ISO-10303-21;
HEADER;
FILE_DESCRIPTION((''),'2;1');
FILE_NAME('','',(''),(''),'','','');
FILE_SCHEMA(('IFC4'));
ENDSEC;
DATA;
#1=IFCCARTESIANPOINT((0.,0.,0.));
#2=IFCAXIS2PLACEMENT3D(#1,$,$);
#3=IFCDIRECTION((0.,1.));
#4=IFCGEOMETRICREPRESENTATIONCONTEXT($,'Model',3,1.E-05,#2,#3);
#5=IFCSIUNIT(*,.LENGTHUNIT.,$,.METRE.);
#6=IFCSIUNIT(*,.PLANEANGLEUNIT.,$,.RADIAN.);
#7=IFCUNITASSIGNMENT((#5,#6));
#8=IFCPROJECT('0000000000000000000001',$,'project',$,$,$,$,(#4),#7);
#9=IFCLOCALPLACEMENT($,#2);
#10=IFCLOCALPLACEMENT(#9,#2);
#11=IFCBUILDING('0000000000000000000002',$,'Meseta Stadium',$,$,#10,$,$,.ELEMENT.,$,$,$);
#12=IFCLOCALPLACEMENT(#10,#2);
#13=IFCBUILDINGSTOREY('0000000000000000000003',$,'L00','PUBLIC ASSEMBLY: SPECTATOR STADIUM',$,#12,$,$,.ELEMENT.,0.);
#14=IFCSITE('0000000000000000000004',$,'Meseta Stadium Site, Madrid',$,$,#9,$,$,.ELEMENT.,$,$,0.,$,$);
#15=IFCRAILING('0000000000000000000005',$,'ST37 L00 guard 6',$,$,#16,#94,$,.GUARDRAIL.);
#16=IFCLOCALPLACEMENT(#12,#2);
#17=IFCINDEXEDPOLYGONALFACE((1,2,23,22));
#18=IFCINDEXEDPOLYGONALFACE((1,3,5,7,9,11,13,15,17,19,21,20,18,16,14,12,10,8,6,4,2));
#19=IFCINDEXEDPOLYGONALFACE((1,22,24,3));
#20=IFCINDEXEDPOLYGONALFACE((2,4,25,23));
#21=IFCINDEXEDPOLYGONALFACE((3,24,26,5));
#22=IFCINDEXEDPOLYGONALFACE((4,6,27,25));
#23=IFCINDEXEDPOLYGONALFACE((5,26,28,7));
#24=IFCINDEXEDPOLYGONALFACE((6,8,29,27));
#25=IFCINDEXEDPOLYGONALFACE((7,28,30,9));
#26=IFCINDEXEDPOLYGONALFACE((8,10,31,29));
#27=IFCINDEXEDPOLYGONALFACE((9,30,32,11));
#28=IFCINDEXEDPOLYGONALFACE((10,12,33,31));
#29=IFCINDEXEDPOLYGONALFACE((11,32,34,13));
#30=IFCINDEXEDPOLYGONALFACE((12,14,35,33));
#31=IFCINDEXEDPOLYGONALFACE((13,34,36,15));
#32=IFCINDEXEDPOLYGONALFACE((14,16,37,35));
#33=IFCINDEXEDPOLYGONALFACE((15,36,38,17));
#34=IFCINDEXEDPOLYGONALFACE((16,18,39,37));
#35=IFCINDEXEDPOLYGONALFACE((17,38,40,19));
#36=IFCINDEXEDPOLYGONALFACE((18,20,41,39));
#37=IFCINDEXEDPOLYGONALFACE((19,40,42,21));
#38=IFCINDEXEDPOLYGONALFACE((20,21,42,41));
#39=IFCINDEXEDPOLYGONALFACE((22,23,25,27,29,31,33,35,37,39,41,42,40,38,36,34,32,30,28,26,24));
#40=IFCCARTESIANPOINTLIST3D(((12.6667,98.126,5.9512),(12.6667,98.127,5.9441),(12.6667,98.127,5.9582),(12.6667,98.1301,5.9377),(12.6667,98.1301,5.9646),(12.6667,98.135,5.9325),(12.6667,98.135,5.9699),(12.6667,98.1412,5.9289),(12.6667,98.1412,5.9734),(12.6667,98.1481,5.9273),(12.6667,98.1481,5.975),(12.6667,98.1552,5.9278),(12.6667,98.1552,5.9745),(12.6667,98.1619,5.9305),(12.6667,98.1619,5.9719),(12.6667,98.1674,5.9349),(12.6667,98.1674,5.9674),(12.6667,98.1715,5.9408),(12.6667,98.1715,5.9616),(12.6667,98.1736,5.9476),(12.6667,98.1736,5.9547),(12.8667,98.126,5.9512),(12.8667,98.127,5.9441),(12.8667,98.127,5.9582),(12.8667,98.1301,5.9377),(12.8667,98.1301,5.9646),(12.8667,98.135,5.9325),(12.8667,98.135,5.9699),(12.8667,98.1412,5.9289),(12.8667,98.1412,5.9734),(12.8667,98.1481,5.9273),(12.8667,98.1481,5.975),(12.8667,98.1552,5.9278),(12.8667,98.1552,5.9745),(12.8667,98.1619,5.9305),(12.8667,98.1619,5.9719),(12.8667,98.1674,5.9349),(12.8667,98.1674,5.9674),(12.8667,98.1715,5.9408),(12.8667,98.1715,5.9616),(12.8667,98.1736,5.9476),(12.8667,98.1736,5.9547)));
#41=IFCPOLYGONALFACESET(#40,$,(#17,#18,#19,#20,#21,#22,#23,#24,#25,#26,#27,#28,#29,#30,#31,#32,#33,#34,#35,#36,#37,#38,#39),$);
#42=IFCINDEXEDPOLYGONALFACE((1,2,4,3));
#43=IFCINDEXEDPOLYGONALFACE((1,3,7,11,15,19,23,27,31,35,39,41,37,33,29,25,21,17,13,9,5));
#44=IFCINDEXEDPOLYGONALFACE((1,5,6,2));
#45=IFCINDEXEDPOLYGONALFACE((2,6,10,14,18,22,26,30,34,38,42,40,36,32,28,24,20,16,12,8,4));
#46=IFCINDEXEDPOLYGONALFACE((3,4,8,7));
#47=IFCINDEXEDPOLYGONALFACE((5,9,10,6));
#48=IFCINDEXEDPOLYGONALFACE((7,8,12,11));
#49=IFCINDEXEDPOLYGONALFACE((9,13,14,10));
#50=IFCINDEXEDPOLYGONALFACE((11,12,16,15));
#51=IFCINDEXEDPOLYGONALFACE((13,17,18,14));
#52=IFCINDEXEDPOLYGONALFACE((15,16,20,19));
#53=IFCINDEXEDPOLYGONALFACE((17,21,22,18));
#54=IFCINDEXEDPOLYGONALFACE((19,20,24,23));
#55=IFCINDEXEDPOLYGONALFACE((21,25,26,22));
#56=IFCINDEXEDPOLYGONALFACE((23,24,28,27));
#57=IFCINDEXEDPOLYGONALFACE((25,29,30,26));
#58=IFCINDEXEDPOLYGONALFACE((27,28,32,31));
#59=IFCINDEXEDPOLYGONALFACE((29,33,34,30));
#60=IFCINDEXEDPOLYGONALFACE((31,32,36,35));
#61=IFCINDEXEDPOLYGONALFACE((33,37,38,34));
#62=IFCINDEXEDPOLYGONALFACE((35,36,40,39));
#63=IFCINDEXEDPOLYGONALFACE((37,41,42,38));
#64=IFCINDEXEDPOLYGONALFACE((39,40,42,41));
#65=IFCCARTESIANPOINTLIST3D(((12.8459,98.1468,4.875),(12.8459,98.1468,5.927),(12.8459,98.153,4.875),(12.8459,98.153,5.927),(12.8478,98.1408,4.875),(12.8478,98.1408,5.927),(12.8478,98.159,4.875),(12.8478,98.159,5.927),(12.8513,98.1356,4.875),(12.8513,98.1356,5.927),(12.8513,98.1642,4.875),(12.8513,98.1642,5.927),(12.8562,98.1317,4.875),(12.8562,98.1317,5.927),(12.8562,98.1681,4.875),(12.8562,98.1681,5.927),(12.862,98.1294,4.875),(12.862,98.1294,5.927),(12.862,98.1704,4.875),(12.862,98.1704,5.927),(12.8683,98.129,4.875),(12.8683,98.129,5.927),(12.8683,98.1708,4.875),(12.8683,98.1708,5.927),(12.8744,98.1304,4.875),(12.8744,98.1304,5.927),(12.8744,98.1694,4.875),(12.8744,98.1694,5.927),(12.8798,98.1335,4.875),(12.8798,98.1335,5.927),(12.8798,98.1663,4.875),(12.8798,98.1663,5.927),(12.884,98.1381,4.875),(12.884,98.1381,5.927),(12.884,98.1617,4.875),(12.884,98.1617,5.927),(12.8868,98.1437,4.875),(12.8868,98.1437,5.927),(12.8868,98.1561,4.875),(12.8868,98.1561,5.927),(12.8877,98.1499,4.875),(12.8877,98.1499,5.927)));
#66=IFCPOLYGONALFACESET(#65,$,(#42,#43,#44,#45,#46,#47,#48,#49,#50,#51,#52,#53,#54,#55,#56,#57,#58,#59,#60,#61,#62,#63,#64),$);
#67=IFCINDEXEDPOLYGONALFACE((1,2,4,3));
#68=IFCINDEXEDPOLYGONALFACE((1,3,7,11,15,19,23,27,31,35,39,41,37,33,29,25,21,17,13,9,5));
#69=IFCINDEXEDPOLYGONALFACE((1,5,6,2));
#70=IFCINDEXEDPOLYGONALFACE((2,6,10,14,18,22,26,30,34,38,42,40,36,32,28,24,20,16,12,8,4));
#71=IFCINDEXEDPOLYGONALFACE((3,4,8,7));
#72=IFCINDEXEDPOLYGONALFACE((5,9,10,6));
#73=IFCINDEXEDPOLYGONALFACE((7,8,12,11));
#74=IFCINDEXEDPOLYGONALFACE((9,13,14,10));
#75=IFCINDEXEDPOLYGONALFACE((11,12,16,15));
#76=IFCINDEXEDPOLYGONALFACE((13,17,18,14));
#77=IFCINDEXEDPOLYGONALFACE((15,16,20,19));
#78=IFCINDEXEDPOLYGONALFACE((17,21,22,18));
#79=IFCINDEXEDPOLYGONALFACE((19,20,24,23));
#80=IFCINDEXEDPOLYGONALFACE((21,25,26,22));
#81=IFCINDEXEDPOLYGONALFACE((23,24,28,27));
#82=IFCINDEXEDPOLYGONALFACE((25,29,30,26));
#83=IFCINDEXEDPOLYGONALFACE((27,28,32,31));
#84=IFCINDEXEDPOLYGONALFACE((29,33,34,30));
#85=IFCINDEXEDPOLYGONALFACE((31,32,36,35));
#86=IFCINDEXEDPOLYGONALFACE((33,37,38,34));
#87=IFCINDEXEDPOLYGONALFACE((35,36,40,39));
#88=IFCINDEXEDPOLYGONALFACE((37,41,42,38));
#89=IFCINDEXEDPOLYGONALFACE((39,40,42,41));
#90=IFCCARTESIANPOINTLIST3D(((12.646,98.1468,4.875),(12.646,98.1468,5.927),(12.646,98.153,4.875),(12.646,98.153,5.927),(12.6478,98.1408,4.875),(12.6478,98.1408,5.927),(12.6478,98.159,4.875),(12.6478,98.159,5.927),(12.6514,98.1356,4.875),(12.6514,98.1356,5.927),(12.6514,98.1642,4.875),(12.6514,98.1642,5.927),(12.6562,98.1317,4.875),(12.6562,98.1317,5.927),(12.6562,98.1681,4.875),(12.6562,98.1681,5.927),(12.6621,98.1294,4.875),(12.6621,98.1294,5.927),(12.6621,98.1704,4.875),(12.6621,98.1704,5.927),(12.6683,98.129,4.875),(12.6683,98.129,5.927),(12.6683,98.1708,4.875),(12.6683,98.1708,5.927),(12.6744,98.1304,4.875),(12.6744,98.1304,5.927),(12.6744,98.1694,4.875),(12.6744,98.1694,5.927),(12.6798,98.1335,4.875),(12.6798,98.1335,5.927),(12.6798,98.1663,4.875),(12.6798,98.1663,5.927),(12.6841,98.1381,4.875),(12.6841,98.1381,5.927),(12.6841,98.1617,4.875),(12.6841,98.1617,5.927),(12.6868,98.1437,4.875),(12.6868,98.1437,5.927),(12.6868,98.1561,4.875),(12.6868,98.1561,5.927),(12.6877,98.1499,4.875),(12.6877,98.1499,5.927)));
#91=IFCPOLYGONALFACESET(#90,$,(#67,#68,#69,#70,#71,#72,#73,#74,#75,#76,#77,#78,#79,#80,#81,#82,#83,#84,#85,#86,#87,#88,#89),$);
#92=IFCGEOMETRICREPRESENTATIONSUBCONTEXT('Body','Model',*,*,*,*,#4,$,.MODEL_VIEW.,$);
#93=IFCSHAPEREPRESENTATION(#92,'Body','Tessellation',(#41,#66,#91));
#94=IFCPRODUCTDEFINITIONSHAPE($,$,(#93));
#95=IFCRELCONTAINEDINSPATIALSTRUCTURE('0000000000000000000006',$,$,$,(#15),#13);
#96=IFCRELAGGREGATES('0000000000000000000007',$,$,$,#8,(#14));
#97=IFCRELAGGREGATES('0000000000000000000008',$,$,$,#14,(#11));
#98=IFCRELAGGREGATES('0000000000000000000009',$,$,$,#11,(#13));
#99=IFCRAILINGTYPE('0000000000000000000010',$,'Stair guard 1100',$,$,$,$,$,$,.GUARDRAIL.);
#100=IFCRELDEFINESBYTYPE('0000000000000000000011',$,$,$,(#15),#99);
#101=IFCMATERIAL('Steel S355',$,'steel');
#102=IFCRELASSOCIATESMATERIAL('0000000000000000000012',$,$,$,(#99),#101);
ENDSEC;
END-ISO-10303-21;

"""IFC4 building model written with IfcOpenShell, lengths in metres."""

from ifc_helpers import new_model, si_unit, direction, frame, origin, origin_2d, place, context, subcontext, project, spatial, circle, extrude, material, type_object, element, save


model = new_model("IFC4")

# Units and contexts
model_context = context("Model", 3, precision=1e-05, world=origin(), true_north=direction((0.0, 1.0)))
body_context = subcontext(model_context, "Body", "Model", "MODEL_VIEW")
ifc_project = project(units=[si_unit("LENGTHUNIT", "METRE"), si_unit("PLANEANGLEUNIT", "RADIAN")], contexts=[model_context])

# Site, building, storey
site_placement = place(None, origin())
site = spatial("IfcSite", under=ifc_project, at=site_placement, Name="Meseta Stadium Site, Madrid", CompositionType="ELEMENT", RefElevation=0.0)
building_placement = place(site_placement, origin())
building = spatial("IfcBuilding", under=site, at=building_placement, Name="Meseta Stadium", CompositionType="ELEMENT")
storey_placement = place(building_placement, origin())
storey = spatial("IfcBuildingStorey", under=building, at=storey_placement, Name="L00", Description="PUBLIC ASSEMBLY: SPECTATOR STADIUM", CompositionType="ELEMENT", Elevation=0.0)

# Railing
ifc_material_1 = material(Name="Steel S355", Category="steel")
railing_type = type_object("IfcRailingType", Name="Stair guard 1100", PredefinedType="GUARDRAIL", material=ifc_material_1)
for number, where, name in (
    (1, (12.8667, 98.1499, 4.875), "ST37 L00 guard 6"),
):
    element("IfcRailing", number, at=place(storey_placement, frame(where)), inside=storey, type_object=railing_type, Name=name, PredefinedType="GUARDRAIL", context=body_context, shape_type="SweptSolid", body=[
        extrude(circle(Radius=0.0239, at=origin_2d()), frame((0.0, 0.0, 1.0762), z_axis=(-1.0, 0.0, 0.0), x_axis=(0.0, -1.0, 0.0)), (0.0, 0.0, 1.0), 0.2),
        extrude(circle(Radius=0.021, at=origin_2d()), origin(), (0.0, 0.0, 1.0), 1.052),
        extrude(circle(Radius=0.021, at=origin_2d()), frame((-0.2, 0.0, 0.0)), (0.0, 0.0, 1.0), 1.052),
    ])

save(model, "model.ifc")
